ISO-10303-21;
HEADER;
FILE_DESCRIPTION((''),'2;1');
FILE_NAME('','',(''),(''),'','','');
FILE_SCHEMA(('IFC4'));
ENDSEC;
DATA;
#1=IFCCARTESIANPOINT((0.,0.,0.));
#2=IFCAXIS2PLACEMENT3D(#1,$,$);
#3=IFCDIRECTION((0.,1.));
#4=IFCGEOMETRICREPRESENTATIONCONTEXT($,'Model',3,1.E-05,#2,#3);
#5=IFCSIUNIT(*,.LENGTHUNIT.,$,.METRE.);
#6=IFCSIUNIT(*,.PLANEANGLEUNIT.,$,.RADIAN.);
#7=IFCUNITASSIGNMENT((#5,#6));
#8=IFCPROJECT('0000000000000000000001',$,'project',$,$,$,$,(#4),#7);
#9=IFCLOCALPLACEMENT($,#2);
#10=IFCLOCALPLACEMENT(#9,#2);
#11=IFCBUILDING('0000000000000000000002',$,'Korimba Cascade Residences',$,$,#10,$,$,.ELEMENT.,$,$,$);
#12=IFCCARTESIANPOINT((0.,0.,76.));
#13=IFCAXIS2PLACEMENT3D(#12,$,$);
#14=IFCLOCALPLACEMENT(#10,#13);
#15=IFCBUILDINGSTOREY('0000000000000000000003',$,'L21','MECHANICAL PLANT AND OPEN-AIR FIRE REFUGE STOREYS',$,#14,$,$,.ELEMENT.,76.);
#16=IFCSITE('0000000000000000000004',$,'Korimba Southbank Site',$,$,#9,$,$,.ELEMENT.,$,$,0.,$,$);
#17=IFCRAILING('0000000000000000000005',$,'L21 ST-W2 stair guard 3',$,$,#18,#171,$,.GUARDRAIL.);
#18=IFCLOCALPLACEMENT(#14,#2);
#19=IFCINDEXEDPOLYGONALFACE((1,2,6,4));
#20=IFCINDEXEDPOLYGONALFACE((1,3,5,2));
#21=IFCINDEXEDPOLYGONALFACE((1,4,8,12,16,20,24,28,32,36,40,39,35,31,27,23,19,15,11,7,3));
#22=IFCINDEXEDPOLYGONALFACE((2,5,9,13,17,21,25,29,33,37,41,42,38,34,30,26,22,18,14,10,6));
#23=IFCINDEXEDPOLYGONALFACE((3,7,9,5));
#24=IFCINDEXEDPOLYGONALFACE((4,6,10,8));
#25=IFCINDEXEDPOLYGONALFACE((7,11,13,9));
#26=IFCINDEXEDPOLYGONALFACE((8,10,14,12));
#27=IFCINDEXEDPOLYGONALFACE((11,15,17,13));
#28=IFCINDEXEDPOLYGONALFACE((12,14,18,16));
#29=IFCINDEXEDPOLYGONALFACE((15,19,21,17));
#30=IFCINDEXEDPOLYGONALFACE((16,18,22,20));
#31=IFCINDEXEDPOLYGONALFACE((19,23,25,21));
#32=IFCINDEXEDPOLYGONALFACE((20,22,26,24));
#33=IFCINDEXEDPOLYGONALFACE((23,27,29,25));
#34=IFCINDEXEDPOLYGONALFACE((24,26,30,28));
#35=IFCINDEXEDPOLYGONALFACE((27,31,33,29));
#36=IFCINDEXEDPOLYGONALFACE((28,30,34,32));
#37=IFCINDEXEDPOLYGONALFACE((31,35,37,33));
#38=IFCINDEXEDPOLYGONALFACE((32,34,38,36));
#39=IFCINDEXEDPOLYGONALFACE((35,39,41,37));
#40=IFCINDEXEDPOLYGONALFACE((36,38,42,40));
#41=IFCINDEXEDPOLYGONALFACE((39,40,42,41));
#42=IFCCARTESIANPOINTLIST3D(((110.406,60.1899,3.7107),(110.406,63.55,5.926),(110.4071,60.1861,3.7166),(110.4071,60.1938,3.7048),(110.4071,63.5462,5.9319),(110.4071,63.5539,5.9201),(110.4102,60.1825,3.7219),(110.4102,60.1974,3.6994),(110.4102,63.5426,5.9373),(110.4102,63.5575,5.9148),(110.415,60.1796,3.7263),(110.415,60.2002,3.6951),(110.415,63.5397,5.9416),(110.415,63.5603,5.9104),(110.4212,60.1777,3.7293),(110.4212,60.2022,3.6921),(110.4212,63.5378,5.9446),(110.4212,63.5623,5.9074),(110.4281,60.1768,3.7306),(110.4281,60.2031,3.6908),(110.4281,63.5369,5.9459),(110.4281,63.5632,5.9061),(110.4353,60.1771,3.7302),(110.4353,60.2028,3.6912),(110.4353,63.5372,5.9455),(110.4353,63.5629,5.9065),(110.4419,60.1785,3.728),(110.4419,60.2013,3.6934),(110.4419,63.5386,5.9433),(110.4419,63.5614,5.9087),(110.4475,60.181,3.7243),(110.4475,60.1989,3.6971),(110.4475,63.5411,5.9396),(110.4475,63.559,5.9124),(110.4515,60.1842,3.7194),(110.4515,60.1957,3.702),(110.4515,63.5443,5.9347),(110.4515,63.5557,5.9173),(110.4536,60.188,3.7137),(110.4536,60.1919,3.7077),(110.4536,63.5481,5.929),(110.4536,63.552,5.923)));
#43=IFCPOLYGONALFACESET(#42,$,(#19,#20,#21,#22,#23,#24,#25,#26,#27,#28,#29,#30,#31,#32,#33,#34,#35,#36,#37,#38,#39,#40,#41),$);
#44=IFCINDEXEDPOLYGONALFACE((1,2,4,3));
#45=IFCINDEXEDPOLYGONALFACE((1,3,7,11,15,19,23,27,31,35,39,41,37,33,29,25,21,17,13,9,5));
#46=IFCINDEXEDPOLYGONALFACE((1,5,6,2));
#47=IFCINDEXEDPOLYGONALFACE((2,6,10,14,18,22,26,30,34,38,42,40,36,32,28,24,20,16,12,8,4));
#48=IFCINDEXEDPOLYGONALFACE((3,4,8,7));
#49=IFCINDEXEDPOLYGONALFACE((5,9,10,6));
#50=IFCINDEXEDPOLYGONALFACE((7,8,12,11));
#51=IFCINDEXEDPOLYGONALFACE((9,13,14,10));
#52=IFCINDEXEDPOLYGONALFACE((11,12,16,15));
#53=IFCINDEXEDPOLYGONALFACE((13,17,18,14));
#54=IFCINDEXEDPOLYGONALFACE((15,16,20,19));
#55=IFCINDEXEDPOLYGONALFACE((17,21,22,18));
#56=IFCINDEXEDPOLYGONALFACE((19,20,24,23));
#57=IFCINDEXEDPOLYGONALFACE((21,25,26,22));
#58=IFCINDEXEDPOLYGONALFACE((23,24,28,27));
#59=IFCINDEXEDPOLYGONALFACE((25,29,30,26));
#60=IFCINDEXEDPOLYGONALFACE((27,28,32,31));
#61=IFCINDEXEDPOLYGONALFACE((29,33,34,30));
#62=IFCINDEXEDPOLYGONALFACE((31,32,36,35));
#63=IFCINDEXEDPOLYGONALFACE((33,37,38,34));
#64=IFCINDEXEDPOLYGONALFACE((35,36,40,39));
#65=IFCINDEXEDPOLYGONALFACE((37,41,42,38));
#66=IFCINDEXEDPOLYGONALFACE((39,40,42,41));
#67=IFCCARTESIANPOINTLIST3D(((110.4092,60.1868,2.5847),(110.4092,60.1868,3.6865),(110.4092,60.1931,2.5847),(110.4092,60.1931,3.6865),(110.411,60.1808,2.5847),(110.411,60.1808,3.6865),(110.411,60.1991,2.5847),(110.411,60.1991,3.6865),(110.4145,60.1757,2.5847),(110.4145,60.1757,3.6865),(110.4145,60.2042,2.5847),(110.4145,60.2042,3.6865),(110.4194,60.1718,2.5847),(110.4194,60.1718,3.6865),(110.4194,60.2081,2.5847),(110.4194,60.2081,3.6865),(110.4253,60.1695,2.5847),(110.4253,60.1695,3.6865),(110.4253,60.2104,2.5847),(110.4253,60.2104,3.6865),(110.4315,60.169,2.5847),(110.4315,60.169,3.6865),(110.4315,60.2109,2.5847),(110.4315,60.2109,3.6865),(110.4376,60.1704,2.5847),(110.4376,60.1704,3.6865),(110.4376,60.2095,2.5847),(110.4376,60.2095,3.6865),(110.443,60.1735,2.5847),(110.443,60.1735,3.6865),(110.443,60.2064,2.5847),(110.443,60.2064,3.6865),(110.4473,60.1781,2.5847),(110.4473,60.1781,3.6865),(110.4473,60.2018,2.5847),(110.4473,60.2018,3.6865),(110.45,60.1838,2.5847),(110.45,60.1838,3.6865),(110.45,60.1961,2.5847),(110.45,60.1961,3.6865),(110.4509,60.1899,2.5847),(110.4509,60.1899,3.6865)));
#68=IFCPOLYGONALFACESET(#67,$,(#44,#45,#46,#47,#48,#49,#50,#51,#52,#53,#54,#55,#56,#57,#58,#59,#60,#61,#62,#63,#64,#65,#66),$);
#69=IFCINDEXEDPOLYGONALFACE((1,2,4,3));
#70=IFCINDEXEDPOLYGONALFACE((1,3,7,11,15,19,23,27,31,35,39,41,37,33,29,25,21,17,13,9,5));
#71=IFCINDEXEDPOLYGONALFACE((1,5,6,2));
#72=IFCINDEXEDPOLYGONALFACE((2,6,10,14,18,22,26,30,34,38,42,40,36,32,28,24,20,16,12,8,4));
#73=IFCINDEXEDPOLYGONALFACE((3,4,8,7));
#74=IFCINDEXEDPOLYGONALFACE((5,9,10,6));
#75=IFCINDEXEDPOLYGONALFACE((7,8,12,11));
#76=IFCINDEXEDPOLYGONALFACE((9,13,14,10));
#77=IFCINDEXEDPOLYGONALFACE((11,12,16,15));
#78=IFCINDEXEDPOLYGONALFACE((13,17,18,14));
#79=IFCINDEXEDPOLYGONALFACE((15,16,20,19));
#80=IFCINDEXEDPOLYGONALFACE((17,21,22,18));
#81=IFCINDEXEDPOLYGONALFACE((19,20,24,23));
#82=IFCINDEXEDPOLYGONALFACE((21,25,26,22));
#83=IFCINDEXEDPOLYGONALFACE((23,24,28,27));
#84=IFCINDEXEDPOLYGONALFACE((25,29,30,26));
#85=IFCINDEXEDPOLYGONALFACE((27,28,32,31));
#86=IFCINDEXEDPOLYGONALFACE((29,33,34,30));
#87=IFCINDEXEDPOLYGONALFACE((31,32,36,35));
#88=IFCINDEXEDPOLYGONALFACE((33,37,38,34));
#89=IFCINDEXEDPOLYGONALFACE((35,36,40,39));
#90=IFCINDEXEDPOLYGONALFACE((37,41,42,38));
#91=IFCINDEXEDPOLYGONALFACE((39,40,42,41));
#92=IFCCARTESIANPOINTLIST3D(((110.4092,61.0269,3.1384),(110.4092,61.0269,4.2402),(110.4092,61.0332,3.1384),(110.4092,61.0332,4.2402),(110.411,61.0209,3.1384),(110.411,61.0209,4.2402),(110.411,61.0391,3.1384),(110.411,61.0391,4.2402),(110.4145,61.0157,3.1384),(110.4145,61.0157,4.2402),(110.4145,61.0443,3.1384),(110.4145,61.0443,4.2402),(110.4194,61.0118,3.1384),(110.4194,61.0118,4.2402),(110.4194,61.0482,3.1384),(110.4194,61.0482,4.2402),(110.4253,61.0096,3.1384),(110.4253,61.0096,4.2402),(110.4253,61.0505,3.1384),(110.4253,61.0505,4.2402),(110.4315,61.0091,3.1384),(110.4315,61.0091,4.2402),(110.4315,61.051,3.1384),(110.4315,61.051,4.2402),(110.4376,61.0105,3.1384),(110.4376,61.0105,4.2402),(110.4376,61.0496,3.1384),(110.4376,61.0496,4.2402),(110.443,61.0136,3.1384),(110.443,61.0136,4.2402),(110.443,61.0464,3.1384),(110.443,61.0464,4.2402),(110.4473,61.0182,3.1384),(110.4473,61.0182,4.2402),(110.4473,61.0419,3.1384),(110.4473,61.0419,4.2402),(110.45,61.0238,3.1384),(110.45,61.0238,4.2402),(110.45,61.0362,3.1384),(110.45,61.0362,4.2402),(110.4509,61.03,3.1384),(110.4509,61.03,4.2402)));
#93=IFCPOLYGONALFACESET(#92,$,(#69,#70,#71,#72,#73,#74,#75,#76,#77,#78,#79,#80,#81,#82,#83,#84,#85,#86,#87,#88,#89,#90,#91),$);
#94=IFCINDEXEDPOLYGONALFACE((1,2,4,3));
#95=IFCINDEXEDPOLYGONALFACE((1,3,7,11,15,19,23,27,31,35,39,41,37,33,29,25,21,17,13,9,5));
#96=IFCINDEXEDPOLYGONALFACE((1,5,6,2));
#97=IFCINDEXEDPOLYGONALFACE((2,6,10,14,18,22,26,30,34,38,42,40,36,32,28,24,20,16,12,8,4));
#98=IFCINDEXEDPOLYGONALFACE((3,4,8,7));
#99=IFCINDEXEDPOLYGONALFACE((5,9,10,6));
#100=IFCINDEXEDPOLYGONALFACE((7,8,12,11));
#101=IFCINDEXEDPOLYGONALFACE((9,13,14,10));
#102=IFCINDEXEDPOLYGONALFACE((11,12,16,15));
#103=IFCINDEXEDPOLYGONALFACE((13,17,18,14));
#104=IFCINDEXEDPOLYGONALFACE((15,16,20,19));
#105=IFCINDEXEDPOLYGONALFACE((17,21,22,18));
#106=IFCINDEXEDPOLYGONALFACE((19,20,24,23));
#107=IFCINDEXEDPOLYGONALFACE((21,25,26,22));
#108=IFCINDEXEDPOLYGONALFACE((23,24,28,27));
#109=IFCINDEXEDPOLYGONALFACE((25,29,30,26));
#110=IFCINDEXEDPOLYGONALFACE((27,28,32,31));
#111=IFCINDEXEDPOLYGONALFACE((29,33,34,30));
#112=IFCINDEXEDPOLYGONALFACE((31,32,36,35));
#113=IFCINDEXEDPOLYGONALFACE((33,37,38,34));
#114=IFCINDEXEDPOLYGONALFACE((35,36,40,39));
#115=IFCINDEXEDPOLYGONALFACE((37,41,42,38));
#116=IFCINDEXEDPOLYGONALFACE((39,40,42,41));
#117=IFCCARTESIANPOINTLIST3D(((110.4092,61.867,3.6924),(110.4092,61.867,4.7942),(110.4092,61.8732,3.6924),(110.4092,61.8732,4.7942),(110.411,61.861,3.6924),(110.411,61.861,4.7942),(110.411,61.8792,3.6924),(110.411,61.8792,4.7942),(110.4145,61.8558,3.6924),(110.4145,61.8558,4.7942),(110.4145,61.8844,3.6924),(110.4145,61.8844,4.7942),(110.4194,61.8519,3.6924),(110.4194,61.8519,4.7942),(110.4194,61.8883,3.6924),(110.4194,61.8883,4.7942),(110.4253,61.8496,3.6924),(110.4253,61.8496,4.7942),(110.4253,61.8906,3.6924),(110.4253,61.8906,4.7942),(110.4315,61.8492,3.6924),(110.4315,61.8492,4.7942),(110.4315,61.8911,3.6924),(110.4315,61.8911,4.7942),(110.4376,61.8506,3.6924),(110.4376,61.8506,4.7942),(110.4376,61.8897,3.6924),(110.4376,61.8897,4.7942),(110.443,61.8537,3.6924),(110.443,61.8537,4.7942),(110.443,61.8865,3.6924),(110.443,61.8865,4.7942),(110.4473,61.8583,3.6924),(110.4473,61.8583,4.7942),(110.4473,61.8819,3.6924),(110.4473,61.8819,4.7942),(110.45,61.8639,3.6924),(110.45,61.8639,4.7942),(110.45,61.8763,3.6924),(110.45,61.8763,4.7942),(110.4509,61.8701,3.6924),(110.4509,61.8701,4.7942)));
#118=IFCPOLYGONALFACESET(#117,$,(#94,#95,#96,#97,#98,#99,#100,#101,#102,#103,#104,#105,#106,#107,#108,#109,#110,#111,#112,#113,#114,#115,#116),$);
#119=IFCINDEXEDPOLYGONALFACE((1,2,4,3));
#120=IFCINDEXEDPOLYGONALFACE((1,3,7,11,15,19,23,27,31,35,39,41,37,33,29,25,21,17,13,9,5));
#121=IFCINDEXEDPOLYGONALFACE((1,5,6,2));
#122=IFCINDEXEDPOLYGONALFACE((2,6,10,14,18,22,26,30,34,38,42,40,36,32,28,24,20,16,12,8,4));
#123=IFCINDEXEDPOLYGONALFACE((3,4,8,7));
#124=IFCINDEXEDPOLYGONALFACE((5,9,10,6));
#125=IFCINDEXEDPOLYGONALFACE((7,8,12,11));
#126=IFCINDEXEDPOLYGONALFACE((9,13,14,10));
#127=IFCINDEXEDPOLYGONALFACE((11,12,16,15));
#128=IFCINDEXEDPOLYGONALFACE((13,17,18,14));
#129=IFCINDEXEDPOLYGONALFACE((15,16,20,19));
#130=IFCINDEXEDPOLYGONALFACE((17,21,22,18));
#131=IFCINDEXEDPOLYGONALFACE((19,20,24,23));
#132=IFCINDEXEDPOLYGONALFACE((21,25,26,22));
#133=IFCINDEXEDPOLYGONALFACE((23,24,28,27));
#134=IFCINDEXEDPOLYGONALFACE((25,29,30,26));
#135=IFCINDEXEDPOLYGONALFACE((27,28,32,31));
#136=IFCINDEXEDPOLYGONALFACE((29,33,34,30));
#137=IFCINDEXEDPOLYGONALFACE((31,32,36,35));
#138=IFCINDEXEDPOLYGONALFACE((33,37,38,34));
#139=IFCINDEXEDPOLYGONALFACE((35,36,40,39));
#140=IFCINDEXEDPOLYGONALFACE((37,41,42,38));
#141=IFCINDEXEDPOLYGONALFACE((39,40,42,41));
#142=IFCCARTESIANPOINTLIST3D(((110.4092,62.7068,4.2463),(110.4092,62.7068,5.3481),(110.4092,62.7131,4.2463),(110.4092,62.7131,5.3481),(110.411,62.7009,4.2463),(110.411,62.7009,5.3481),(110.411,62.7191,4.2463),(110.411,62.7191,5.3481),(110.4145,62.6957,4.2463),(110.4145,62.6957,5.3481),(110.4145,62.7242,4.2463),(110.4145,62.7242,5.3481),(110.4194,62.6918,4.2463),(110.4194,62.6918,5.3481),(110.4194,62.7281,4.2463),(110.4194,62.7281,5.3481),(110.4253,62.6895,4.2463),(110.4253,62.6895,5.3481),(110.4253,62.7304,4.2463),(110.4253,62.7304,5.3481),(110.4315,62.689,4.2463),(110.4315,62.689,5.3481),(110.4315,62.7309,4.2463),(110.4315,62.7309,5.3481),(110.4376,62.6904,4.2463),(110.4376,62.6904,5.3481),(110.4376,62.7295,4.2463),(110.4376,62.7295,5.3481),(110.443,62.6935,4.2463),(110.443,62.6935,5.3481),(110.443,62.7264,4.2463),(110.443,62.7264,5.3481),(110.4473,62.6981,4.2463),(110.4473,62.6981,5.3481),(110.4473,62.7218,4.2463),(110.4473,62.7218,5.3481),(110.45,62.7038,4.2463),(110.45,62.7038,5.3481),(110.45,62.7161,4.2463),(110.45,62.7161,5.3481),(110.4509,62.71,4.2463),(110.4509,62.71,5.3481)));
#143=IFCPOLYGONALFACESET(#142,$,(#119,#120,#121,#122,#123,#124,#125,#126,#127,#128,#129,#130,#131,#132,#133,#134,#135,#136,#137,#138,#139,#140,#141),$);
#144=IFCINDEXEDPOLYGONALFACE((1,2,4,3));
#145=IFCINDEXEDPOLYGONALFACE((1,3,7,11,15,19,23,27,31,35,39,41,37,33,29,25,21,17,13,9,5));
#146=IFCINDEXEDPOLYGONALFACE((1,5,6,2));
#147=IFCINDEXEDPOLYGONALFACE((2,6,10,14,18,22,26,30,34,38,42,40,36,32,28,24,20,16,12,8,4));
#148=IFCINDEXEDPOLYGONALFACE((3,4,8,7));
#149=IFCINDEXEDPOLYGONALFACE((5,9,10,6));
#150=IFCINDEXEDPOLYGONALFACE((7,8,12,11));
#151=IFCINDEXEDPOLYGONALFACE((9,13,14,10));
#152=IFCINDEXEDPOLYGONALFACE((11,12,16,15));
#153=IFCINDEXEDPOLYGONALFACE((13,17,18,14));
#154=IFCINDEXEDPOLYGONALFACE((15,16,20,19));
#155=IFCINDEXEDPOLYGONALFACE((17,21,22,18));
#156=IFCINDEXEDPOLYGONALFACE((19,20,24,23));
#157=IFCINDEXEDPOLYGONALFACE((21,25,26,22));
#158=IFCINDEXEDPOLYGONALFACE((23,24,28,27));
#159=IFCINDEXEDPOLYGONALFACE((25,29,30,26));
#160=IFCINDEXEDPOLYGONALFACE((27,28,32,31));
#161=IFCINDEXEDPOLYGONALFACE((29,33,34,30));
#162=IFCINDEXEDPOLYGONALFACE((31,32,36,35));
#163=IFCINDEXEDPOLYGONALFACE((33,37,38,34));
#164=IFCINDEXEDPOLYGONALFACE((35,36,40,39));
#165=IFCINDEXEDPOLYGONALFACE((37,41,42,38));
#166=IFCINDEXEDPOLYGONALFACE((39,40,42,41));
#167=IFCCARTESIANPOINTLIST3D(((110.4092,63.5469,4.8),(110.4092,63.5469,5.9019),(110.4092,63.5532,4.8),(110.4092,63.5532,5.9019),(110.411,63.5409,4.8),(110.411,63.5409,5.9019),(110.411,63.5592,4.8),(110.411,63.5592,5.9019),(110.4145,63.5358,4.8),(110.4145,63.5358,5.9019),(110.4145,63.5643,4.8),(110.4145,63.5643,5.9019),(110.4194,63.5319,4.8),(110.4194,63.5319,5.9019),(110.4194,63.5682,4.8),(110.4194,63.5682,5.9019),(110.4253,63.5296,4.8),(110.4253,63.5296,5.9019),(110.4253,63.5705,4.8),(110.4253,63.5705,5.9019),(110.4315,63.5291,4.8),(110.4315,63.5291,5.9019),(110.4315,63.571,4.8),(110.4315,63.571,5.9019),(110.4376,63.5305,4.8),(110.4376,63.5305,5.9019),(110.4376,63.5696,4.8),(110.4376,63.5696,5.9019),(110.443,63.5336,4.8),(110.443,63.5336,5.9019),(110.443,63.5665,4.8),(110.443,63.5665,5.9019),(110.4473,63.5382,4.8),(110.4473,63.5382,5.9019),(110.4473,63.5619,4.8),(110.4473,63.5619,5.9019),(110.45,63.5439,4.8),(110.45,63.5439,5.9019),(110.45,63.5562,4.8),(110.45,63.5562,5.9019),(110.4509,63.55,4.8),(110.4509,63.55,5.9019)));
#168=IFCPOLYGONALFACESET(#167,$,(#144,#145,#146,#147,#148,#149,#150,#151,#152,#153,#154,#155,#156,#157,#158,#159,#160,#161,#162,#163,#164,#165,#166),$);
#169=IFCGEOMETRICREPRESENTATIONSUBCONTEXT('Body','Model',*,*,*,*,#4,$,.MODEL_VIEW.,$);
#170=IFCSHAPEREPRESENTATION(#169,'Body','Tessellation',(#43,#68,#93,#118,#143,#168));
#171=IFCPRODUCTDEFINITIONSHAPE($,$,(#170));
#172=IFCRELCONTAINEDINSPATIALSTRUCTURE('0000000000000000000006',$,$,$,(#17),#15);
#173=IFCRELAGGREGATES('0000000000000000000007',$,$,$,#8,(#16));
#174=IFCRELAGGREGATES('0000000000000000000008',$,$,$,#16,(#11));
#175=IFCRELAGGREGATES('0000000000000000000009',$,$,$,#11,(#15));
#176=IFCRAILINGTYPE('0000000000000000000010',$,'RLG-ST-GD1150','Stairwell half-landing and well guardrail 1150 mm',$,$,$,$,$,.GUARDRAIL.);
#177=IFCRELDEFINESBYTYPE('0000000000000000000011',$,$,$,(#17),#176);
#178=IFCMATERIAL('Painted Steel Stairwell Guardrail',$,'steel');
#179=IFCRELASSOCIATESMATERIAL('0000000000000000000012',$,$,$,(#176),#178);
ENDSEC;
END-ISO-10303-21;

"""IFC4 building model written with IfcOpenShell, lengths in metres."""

from ifc_helpers import new_model, si_unit, direction, frame, origin, origin_2d, place, context, subcontext, project, spatial, circle, extrude, material, type_object, element, save


model = new_model("IFC4")

# Units and contexts
model_context = context("Model", 3, precision=1e-05, world=origin(), true_north=direction((0.0, 1.0)))
body_context = subcontext(model_context, "Body", "Model", "MODEL_VIEW")
ifc_project = project(units=[si_unit("LENGTHUNIT", "METRE"), si_unit("PLANEANGLEUNIT", "RADIAN")], contexts=[model_context])

# Site, building, storey
site_placement = place(None, origin())
site = spatial("IfcSite", under=ifc_project, at=site_placement, Name="Korimba Southbank Site", CompositionType="ELEMENT", RefElevation=0.0)
building_placement = place(site_placement, origin())
building = spatial("IfcBuilding", under=site, at=building_placement, Name="Korimba Cascade Residences", CompositionType="ELEMENT")
storey_placement = place(building_placement, frame((0.0, 0.0, 76.0)))
storey = spatial("IfcBuildingStorey", under=building, at=storey_placement, Name="L21", Description="MECHANICAL PLANT AND OPEN-AIR FIRE REFUGE STOREYS", CompositionType="ELEMENT", Elevation=76.0)

# Railing
ifc_material_1 = material(Name="Painted Steel Stairwell Guardrail", Category="steel")
railing_type_1 = type_object("IfcRailingType", Name="RLG-ST-GD1150", Description="Stairwell half-landing and well guardrail 1150 mm", PredefinedType="GUARDRAIL", material=ifc_material_1)
railing_1_placement = place(storey_placement, frame((110.4299, 60.1899, 2.5847)))
element("IfcRailing", 1, at=railing_1_placement, inside=storey, type_object=railing_type_1, Name="L21 ST-W2 stair guard 3", PredefinedType="GUARDRAIL", context=body_context, shape_type="SweptSolid", body=[
    extrude(circle(Radius=0.0239, at=origin_2d()), frame((0.0, 0.0, 1.126), z_axis=(0.0, 0.834876, 0.550437), x_axis=(-1.0, 0.0, 0.0)), (0.0, 0.0, 1.0), 4.0247),
    extrude(circle(Radius=0.021, at=origin_2d()), origin(), (0.0, 0.0, 1.0), 1.1018),
    extrude(circle(Radius=0.021, at=origin_2d()), frame((0.0, 0.8401, 0.5537)), (0.0, 0.0, 1.0), 1.1018),
    extrude(circle(Radius=0.021, at=origin_2d()), frame((0.0, 1.6802, 1.1077)), (0.0, 0.0, 1.0), 1.1018),
    extrude(circle(Radius=0.021, at=origin_2d()), frame((0.0, 2.52, 1.6616)), (0.0, 0.0, 1.0), 1.1018),
    extrude(circle(Radius=0.021, at=origin_2d()), frame((0.0, 3.3601, 2.2153)), (0.0, 0.0, 1.0), 1.1018),
])

save(model, "model.ifc")
